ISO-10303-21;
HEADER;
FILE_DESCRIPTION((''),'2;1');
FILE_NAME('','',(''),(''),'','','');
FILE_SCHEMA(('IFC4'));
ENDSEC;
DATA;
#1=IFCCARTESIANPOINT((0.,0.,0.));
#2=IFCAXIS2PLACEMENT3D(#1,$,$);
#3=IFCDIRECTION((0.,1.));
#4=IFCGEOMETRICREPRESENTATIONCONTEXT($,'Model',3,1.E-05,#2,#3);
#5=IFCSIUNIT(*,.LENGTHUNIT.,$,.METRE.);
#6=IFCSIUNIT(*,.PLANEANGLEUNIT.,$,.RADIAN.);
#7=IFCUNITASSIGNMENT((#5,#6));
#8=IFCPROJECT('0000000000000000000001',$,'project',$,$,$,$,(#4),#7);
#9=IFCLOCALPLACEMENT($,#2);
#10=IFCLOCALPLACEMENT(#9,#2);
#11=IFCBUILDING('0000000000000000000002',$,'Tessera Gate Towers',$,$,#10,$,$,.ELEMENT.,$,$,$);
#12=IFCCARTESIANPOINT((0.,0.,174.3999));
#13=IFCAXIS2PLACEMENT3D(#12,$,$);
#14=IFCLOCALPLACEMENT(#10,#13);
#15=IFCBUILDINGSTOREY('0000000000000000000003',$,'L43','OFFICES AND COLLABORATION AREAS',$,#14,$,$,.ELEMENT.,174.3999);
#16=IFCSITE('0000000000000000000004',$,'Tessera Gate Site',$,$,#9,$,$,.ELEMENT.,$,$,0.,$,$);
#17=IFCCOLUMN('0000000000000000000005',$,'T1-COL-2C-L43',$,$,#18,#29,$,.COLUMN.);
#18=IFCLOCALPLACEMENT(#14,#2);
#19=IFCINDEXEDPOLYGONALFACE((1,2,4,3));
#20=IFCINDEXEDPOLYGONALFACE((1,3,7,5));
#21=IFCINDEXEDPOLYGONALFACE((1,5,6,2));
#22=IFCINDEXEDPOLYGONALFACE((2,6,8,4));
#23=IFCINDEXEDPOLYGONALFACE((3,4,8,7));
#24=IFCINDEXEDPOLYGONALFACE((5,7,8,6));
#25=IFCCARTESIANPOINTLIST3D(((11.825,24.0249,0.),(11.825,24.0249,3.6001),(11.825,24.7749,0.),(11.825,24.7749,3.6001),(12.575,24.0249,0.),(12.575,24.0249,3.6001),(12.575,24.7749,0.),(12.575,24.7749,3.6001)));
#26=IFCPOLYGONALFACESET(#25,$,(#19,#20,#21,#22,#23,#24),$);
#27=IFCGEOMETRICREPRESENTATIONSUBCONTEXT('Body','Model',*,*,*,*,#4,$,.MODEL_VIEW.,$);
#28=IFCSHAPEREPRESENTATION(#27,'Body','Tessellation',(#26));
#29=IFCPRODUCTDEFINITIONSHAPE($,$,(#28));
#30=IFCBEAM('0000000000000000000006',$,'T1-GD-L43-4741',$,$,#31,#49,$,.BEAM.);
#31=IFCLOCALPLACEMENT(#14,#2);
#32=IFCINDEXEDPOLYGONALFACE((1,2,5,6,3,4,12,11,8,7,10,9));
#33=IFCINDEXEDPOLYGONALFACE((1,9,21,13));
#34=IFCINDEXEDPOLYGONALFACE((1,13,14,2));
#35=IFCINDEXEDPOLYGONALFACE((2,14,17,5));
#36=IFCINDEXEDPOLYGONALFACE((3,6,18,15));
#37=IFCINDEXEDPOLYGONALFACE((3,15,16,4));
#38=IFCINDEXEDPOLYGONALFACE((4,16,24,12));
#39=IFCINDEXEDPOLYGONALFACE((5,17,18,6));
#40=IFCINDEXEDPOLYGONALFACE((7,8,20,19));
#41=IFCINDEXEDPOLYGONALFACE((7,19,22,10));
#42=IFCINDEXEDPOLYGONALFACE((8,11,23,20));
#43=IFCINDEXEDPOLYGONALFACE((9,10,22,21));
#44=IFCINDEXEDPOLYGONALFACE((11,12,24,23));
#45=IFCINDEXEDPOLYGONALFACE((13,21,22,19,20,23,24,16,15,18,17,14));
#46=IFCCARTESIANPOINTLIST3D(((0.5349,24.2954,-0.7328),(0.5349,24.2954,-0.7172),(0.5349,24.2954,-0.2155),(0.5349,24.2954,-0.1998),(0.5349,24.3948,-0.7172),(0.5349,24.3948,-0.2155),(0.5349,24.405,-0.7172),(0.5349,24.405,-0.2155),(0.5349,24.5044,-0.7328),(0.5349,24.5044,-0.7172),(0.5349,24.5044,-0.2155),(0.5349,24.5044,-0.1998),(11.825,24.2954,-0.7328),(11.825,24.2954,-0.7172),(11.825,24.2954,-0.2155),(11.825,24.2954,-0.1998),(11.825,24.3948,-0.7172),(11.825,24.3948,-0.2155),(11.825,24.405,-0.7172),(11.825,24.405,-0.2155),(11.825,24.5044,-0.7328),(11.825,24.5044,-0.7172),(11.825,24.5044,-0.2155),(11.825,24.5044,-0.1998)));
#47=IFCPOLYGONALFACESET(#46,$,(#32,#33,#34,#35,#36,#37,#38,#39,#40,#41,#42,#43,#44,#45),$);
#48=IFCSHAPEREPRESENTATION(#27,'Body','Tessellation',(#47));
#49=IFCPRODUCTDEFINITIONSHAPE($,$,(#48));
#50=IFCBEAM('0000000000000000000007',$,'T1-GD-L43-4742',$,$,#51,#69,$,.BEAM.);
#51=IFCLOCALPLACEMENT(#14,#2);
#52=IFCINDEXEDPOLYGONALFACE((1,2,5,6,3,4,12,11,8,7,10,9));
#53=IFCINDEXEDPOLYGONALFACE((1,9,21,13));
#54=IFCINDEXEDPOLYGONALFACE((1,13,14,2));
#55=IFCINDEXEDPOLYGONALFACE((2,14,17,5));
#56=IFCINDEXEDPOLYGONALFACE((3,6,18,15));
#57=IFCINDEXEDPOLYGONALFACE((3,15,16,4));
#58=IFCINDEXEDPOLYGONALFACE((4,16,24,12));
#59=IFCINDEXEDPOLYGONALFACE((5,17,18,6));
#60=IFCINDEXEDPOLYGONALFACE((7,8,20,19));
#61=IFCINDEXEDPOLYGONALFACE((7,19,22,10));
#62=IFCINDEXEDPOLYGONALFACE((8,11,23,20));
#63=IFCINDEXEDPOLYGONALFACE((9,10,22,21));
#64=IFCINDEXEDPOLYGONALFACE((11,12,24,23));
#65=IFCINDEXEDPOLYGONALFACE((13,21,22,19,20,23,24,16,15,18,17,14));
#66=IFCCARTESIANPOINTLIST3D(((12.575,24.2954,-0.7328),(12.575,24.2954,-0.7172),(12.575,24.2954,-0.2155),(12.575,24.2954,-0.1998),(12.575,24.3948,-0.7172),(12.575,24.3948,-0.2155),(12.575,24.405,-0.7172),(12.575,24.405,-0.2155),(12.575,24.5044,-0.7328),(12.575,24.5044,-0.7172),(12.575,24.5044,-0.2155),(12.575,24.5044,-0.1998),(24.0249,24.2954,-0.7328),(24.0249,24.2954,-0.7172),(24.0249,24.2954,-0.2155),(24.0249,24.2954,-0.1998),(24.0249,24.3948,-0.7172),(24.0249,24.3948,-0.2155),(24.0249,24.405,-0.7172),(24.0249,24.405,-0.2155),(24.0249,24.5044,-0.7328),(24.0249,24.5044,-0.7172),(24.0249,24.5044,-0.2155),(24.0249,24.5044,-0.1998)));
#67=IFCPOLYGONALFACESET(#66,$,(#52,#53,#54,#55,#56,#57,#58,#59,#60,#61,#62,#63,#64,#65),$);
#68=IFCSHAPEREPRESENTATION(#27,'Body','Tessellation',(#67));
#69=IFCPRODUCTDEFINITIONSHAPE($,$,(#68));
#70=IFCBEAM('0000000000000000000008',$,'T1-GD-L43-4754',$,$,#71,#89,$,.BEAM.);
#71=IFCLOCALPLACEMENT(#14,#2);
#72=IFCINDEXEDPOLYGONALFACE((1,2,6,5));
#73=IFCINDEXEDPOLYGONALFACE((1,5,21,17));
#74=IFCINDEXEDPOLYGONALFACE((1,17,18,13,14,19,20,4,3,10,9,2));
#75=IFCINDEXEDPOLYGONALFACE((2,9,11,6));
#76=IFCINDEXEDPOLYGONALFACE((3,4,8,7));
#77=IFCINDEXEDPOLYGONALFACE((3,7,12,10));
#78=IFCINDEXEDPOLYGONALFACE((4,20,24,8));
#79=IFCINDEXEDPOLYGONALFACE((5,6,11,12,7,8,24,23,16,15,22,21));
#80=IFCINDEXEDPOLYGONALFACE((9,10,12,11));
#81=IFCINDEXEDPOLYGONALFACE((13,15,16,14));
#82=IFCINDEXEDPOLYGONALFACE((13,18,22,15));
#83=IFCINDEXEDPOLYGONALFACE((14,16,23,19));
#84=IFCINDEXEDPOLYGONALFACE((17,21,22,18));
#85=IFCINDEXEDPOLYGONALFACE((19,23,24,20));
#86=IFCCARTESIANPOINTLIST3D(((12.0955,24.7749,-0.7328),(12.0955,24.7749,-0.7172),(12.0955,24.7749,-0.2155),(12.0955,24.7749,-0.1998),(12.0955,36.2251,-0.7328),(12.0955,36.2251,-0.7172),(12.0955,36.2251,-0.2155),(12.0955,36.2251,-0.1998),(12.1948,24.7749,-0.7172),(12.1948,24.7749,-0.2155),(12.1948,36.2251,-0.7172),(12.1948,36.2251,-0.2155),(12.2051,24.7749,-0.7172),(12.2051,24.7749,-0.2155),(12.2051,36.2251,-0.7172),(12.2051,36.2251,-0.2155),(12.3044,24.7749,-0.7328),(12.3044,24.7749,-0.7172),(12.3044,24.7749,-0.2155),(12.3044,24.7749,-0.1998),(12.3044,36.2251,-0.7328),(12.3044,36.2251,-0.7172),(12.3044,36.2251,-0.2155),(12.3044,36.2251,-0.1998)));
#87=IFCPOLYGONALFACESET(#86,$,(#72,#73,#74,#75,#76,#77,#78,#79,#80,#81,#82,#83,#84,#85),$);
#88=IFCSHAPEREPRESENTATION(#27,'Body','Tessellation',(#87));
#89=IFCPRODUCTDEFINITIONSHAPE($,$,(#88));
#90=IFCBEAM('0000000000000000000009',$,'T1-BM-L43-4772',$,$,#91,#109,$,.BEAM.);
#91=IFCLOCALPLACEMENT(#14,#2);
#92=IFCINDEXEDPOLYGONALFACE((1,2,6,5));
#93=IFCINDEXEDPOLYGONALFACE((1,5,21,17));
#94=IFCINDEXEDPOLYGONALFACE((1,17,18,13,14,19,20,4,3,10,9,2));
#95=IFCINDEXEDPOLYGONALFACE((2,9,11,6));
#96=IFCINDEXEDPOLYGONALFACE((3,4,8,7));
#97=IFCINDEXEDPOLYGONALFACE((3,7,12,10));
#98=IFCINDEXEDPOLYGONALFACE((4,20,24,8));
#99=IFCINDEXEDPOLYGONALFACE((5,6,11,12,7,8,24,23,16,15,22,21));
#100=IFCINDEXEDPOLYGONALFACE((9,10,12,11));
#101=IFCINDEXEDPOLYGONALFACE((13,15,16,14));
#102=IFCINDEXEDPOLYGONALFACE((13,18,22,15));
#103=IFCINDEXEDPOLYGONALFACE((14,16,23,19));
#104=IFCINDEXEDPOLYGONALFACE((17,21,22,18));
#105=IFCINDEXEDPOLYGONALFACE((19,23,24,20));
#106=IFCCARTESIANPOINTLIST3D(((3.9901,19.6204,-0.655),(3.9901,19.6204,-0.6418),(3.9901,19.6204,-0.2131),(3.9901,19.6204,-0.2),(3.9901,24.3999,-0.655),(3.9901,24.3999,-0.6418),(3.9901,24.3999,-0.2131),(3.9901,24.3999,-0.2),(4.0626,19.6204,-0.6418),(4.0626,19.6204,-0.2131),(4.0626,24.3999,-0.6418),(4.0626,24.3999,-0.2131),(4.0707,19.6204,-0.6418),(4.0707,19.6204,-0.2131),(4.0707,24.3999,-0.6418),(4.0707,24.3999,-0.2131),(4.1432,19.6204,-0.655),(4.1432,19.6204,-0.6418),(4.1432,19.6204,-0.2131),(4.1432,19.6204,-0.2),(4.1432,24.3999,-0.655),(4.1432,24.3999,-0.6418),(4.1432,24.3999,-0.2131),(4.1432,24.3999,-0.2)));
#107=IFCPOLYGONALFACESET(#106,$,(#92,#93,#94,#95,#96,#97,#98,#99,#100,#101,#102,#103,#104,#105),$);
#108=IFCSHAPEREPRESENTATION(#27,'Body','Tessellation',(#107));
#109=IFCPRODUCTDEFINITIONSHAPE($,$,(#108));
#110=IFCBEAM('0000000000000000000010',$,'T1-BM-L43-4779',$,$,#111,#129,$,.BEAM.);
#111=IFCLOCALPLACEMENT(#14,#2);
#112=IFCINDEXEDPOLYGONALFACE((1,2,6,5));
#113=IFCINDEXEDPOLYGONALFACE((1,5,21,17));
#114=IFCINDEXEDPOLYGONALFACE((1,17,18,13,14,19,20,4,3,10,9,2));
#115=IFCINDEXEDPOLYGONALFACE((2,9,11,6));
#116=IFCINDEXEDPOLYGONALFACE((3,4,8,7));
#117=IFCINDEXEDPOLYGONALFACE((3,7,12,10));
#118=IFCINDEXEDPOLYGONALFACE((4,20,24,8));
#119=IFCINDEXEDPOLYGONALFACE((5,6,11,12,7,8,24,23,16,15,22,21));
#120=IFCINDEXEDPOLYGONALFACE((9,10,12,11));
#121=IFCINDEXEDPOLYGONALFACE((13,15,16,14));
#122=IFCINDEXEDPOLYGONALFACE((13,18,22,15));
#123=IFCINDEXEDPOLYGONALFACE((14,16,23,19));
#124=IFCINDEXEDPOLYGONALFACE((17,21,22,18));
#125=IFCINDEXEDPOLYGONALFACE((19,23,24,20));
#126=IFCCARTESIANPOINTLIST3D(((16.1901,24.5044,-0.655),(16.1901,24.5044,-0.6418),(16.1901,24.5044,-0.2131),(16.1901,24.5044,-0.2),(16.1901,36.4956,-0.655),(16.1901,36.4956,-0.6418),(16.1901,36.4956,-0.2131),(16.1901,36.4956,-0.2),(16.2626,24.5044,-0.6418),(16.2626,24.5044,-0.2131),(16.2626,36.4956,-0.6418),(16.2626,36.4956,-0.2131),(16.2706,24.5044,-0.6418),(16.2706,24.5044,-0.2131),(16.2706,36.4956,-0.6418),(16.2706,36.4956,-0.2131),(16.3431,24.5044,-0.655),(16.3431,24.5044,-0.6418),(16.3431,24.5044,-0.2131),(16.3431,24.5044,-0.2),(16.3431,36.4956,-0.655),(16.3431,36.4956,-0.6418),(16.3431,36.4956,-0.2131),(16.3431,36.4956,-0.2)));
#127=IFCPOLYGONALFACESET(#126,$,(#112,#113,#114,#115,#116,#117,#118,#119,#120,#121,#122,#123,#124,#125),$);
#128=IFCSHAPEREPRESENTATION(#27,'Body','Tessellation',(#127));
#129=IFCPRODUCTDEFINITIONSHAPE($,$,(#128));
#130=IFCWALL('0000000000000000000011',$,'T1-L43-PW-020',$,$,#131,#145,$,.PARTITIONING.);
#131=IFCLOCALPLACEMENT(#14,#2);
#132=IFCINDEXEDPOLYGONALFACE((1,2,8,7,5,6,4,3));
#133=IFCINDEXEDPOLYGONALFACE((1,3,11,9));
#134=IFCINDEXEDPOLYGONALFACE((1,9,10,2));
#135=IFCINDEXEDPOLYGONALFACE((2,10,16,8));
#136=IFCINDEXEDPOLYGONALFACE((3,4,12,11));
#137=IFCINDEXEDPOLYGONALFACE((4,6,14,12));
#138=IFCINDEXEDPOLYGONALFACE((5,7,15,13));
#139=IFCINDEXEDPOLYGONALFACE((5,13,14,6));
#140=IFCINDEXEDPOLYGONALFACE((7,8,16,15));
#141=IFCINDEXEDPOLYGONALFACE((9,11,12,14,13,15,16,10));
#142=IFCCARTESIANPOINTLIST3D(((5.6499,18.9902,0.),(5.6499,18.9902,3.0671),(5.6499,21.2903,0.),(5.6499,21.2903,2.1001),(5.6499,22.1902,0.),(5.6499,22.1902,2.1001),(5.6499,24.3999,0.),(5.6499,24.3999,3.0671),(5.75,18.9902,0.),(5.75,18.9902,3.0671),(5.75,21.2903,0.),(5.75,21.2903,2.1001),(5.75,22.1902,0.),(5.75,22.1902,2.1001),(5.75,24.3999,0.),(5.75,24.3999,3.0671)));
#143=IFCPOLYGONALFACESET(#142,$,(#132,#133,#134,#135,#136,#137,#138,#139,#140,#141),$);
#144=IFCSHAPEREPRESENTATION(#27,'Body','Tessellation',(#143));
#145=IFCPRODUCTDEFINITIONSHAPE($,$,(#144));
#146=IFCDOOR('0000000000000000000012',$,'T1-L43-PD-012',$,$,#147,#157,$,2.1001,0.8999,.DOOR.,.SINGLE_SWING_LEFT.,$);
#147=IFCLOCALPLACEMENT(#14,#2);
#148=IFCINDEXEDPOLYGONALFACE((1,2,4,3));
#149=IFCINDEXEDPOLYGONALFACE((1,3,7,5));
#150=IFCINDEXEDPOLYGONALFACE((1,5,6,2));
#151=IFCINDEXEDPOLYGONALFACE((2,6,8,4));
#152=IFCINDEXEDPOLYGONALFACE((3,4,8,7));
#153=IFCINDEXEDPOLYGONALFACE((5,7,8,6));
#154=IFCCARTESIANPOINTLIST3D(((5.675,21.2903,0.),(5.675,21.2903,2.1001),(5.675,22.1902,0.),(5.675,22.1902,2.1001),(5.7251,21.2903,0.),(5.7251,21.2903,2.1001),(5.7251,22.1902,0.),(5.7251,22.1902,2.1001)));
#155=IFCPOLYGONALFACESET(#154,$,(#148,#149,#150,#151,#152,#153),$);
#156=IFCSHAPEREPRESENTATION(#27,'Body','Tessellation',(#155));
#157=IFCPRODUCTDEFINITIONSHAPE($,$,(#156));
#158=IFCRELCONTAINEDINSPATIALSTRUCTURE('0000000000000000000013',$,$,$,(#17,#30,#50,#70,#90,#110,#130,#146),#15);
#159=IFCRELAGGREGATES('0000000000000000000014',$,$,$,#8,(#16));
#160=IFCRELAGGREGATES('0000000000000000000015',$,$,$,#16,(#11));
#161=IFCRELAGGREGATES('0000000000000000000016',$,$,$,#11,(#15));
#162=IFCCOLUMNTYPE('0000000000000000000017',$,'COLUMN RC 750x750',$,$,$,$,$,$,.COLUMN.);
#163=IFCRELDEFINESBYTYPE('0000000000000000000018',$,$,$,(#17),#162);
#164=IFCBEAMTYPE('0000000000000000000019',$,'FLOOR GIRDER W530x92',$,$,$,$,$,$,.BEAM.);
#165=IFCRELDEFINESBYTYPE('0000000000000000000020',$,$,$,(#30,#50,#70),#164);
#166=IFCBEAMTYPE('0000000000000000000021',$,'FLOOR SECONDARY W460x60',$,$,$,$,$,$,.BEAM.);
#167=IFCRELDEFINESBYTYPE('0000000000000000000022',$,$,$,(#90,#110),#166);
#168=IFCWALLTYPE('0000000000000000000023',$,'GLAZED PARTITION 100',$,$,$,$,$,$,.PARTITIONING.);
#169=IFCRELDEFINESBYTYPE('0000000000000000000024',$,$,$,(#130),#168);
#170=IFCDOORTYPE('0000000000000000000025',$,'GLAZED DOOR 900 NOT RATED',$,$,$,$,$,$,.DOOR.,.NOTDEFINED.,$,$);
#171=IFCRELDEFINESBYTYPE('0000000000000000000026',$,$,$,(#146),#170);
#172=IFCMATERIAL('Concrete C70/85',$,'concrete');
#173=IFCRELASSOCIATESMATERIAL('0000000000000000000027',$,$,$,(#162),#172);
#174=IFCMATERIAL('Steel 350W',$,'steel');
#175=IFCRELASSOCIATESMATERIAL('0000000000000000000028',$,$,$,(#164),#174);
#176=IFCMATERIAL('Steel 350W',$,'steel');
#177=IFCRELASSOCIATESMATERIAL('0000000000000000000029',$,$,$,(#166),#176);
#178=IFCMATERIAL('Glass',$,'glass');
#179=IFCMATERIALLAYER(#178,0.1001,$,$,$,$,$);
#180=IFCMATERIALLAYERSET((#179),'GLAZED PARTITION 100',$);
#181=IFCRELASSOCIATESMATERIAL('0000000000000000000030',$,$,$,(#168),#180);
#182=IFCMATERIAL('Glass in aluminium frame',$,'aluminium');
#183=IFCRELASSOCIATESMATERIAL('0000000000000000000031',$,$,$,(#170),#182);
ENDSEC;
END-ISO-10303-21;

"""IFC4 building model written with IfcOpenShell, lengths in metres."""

from ifc_helpers import new_model, si_unit, direction, frame, frame_2d, origin, origin_2d, place, context, subcontext, project, spatial, rectangle, i_section, extrude, source, transform, mapped, material, layer, layer_set, material_profile, profile_set, type_object, element, fill, save


model = new_model("IFC4")

# Units and contexts
model_context = context("Model", 3, precision=1e-05, world=origin(), true_north=direction((0.0, 1.0)))
body_context = subcontext(model_context, "Body", "Model", "MODEL_VIEW")
ifc_project = project(units=[si_unit("LENGTHUNIT", "METRE"), si_unit("PLANEANGLEUNIT", "RADIAN")], contexts=[model_context])

# Site, building, storey
site_placement = place(None, origin())
site = spatial("IfcSite", under=ifc_project, at=site_placement, Name="Tessera Gate Site", CompositionType="ELEMENT", RefElevation=0.0)
building_placement = place(site_placement, origin())
building = spatial("IfcBuilding", under=site, at=building_placement, Name="Tessera Gate Towers", CompositionType="ELEMENT")
storey_placement = place(building_placement, frame((0.0, 0.0, 174.3999)))
storey = spatial("IfcBuildingStorey", under=building, at=storey_placement, Name="L43", Description="OFFICES AND COLLABORATION AREAS", CompositionType="ELEMENT", Elevation=174.3999)

# Column
ifc_material_1 = material(Name="Concrete C70/85", Category="concrete")
ifc_material_profile_1 = material_profile(ifc_material_1, rectangle(XDim=0.75, YDim=0.75, at=origin_2d()), Name="RC 750x750")
ifc_profile_set_1 = profile_set([ifc_material_profile_1], Name="Concrete C70/85")
column_type = type_object("IfcColumnType", Name="COLUMN RC 750x750", PredefinedType="COLUMN", material=ifc_profile_set_1)
column_placement = place(storey_placement, frame((12.2, 24.3999, 0.0), z_axis=(0.0, 0.0, 1.0), x_axis=(1.0, 0.0, 0.0)))
element("IfcColumn", 1, at=column_placement, inside=storey, type_object=column_type, Name="T1-COL-2C-L43", PredefinedType="COLUMN", context=body_context, shape_type="SweptSolid", body=[
    extrude(rectangle(XDim=0.75, YDim=0.75, at=origin_2d()), origin(), (0.0, 0.0, 1.0), 3.6001),
])

# Beams
ifc_material_2 = material(Name="Steel 350W", Category="steel")
ifc_material_profile_2 = material_profile(ifc_material_2, i_section(OverallWidth=0.209, OverallDepth=0.533, WebThickness=0.0103, FlangeThickness=0.0156, at=origin_2d()), Name="W530x92")
ifc_profile_set_2 = profile_set([ifc_material_profile_2], Name="Steel 350W")
beam_type_1 = type_object("IfcBeamType", Name="FLOOR GIRDER W530x92", PredefinedType="BEAM", material=ifc_profile_set_2)
beam_1_placement = place(storey_placement, frame((0.5349, 24.3999, -0.4663), z_axis=(1.0, 0.0, 0.0), x_axis=(0.0, 1.0, 0.0)))
element("IfcBeam", 2, at=beam_1_placement, inside=storey, type_object=beam_type_1, Name="T1-GD-L43-4741", PredefinedType="BEAM", context=body_context, shape_type="SweptSolid", body=[
    extrude(i_section(OverallWidth=0.209, OverallDepth=0.533, WebThickness=0.0103, FlangeThickness=0.0156, at=origin_2d()), origin(), (0.0, 0.0, 1.0), 11.29),
])
beam_2_placement = place(storey_placement, frame((12.575, 24.3999, -0.4663), z_axis=(1.0, 0.0, 0.0), x_axis=(0.0, 1.0, 0.0)))
element("IfcBeam", 3, at=beam_2_placement, inside=storey, type_object=beam_type_1, Name="T1-GD-L43-4742", PredefinedType="BEAM", context=body_context, shape_type="SweptSolid", body=[
    extrude(i_section(OverallWidth=0.209, OverallDepth=0.533, WebThickness=0.0103, FlangeThickness=0.0156, at=origin_2d()), origin(), (0.0, 0.0, 1.0), 11.45),
])
beam_3_placement = place(storey_placement, frame((12.2, 24.7749, -0.4663), z_axis=(0.0, 1.0, 0.0), x_axis=(-1.0, 0.0, 0.0)))
element("IfcBeam", 4, at=beam_3_placement, inside=storey, type_object=beam_type_1, Name="T1-GD-L43-4754", PredefinedType="BEAM", context=body_context, shape_type="SweptSolid", body=[
    extrude(i_section(OverallWidth=0.209, OverallDepth=0.533, WebThickness=0.0103, FlangeThickness=0.0156, at=origin_2d()), origin(), (0.0, 0.0, 1.0), 11.4502),
])
ifc_material_3 = material(Name="Steel 350W", Category="steel")
ifc_material_profile_3 = material_profile(ifc_material_3, i_section(OverallWidth=0.1531, OverallDepth=0.4551, WebThickness=0.0081, FlangeThickness=0.0132, at=origin_2d()), Name="W460x60")
ifc_profile_set_3 = profile_set([ifc_material_profile_3], Name="Steel 350W")
beam_type_2 = type_object("IfcBeamType", Name="FLOOR SECONDARY W460x60", PredefinedType="BEAM", material=ifc_profile_set_3)
beam_4_placement = place(storey_placement, frame((4.0667, 19.6204, -0.4275), z_axis=(0.0, 1.0, 0.0), x_axis=(-1.0, 0.0, 0.0)))
element("IfcBeam", 5, at=beam_4_placement, inside=storey, type_object=beam_type_2, Name="T1-BM-L43-4772", PredefinedType="BEAM", context=body_context, shape_type="SweptSolid", body=[
    extrude(i_section(OverallWidth=0.1531, OverallDepth=0.4551, WebThickness=0.0081, FlangeThickness=0.0132, at=origin_2d()), origin(), (0.0, 0.0, 1.0), 4.7795),
])
beam_5_placement = place(storey_placement, frame((16.2666, 24.5044, -0.4275), z_axis=(0.0, 1.0, 0.0), x_axis=(-1.0, 0.0, 0.0)))
element("IfcBeam", 6, at=beam_5_placement, inside=storey, type_object=beam_type_2, Name="T1-BM-L43-4779", PredefinedType="BEAM", context=body_context, shape_type="SweptSolid", body=[
    extrude(i_section(OverallWidth=0.1531, OverallDepth=0.4551, WebThickness=0.0081, FlangeThickness=0.0132, at=origin_2d()), origin(), (0.0, 0.0, 1.0), 11.9912),
])

# Wall, opening, door
ifc_material_4 = material(Name="Glass", Category="glass")
ifc_layer_1 = layer(ifc_material_4, 0.1001)
ifc_layer_set_1 = layer_set([ifc_layer_1], Name="GLAZED PARTITION 100")
wall_type_1 = type_object("IfcWallType", Name="GLAZED PARTITION 100", PredefinedType="PARTITIONING", material=ifc_layer_set_1)
wall_1_placement = place(storey_placement, frame((5.7, 18.9902, 0.0), z_axis=(0.0, 0.0, 1.0), x_axis=(0.0, 1.0, 0.0)))
wall_1 = element("IfcWall", 7, at=wall_1_placement, inside=storey, type_object=wall_type_1, Name="T1-L43-PW-020", PredefinedType="PARTITIONING", context=body_context, shape_type="SweptSolid", body=[
    extrude(rectangle(XDim=5.4097, YDim=0.1001, at=frame_2d((2.7048, 0.0))), origin(), (0.0, 0.0, 1.0), 3.0671),
])
shared_shape_1 = source(origin(), body_context, "Body", "SweptSolid", [
    extrude(rectangle(XDim=0.8999, YDim=2.1001, at=frame_2d((0.45, 1.05))), frame((0.0, 0.0601, 0.0), z_axis=(0.0, -1.0, 0.0), x_axis=(1.0, 0.0, 0.0)), (0.0, 0.0, 1.0), 0.1201),
])
opening_1_placement = place(wall_1_placement, frame((2.3, 0.0, 0.0)))
opening_1 = element("IfcOpeningElement", 8, at=opening_1_placement, cuts=wall_1, PredefinedType="OPENING", context=body_context, shape_type="MappedRepresentation", body=[
    mapped(shared_shape_1, transform((0.0, 0.0, 0.0), scale=1.0)),
])
ifc_material_5 = material(Name="Glass in aluminium frame", Category="aluminium")
door_type_1 = type_object("IfcDoorType", Name="GLAZED DOOR 900 NOT RATED", OperationType="NOTDEFINED", PredefinedType="DOOR", material=ifc_material_5)
shared_shape_2 = source(origin(), body_context, "Body", "SweptSolid", [
    extrude(rectangle(XDim=0.8999, YDim=2.1001, at=frame_2d((0.45, 1.05))), frame((0.0, 0.0249, 0.0), z_axis=(0.0, -1.0, 0.0), x_axis=(1.0, 0.0, 0.0)), (0.0, 0.0, 1.0), 0.05),
])
door_1_placement = place(opening_1_placement, origin())
door_1 = element("IfcDoor", 9, at=door_1_placement, inside=storey, type_object=door_type_1, Name="T1-L43-PD-012", OperationType="SINGLE_SWING_LEFT", OverallHeight=2.1001, OverallWidth=0.8999, PredefinedType="DOOR", context=body_context, shape_type="MappedRepresentation", body=[
    mapped(shared_shape_2, transform((0.0, 0.0, 0.0), scale=1.0)),
])
fill(opening_1, door_1)

save(model, "model.ifc")
